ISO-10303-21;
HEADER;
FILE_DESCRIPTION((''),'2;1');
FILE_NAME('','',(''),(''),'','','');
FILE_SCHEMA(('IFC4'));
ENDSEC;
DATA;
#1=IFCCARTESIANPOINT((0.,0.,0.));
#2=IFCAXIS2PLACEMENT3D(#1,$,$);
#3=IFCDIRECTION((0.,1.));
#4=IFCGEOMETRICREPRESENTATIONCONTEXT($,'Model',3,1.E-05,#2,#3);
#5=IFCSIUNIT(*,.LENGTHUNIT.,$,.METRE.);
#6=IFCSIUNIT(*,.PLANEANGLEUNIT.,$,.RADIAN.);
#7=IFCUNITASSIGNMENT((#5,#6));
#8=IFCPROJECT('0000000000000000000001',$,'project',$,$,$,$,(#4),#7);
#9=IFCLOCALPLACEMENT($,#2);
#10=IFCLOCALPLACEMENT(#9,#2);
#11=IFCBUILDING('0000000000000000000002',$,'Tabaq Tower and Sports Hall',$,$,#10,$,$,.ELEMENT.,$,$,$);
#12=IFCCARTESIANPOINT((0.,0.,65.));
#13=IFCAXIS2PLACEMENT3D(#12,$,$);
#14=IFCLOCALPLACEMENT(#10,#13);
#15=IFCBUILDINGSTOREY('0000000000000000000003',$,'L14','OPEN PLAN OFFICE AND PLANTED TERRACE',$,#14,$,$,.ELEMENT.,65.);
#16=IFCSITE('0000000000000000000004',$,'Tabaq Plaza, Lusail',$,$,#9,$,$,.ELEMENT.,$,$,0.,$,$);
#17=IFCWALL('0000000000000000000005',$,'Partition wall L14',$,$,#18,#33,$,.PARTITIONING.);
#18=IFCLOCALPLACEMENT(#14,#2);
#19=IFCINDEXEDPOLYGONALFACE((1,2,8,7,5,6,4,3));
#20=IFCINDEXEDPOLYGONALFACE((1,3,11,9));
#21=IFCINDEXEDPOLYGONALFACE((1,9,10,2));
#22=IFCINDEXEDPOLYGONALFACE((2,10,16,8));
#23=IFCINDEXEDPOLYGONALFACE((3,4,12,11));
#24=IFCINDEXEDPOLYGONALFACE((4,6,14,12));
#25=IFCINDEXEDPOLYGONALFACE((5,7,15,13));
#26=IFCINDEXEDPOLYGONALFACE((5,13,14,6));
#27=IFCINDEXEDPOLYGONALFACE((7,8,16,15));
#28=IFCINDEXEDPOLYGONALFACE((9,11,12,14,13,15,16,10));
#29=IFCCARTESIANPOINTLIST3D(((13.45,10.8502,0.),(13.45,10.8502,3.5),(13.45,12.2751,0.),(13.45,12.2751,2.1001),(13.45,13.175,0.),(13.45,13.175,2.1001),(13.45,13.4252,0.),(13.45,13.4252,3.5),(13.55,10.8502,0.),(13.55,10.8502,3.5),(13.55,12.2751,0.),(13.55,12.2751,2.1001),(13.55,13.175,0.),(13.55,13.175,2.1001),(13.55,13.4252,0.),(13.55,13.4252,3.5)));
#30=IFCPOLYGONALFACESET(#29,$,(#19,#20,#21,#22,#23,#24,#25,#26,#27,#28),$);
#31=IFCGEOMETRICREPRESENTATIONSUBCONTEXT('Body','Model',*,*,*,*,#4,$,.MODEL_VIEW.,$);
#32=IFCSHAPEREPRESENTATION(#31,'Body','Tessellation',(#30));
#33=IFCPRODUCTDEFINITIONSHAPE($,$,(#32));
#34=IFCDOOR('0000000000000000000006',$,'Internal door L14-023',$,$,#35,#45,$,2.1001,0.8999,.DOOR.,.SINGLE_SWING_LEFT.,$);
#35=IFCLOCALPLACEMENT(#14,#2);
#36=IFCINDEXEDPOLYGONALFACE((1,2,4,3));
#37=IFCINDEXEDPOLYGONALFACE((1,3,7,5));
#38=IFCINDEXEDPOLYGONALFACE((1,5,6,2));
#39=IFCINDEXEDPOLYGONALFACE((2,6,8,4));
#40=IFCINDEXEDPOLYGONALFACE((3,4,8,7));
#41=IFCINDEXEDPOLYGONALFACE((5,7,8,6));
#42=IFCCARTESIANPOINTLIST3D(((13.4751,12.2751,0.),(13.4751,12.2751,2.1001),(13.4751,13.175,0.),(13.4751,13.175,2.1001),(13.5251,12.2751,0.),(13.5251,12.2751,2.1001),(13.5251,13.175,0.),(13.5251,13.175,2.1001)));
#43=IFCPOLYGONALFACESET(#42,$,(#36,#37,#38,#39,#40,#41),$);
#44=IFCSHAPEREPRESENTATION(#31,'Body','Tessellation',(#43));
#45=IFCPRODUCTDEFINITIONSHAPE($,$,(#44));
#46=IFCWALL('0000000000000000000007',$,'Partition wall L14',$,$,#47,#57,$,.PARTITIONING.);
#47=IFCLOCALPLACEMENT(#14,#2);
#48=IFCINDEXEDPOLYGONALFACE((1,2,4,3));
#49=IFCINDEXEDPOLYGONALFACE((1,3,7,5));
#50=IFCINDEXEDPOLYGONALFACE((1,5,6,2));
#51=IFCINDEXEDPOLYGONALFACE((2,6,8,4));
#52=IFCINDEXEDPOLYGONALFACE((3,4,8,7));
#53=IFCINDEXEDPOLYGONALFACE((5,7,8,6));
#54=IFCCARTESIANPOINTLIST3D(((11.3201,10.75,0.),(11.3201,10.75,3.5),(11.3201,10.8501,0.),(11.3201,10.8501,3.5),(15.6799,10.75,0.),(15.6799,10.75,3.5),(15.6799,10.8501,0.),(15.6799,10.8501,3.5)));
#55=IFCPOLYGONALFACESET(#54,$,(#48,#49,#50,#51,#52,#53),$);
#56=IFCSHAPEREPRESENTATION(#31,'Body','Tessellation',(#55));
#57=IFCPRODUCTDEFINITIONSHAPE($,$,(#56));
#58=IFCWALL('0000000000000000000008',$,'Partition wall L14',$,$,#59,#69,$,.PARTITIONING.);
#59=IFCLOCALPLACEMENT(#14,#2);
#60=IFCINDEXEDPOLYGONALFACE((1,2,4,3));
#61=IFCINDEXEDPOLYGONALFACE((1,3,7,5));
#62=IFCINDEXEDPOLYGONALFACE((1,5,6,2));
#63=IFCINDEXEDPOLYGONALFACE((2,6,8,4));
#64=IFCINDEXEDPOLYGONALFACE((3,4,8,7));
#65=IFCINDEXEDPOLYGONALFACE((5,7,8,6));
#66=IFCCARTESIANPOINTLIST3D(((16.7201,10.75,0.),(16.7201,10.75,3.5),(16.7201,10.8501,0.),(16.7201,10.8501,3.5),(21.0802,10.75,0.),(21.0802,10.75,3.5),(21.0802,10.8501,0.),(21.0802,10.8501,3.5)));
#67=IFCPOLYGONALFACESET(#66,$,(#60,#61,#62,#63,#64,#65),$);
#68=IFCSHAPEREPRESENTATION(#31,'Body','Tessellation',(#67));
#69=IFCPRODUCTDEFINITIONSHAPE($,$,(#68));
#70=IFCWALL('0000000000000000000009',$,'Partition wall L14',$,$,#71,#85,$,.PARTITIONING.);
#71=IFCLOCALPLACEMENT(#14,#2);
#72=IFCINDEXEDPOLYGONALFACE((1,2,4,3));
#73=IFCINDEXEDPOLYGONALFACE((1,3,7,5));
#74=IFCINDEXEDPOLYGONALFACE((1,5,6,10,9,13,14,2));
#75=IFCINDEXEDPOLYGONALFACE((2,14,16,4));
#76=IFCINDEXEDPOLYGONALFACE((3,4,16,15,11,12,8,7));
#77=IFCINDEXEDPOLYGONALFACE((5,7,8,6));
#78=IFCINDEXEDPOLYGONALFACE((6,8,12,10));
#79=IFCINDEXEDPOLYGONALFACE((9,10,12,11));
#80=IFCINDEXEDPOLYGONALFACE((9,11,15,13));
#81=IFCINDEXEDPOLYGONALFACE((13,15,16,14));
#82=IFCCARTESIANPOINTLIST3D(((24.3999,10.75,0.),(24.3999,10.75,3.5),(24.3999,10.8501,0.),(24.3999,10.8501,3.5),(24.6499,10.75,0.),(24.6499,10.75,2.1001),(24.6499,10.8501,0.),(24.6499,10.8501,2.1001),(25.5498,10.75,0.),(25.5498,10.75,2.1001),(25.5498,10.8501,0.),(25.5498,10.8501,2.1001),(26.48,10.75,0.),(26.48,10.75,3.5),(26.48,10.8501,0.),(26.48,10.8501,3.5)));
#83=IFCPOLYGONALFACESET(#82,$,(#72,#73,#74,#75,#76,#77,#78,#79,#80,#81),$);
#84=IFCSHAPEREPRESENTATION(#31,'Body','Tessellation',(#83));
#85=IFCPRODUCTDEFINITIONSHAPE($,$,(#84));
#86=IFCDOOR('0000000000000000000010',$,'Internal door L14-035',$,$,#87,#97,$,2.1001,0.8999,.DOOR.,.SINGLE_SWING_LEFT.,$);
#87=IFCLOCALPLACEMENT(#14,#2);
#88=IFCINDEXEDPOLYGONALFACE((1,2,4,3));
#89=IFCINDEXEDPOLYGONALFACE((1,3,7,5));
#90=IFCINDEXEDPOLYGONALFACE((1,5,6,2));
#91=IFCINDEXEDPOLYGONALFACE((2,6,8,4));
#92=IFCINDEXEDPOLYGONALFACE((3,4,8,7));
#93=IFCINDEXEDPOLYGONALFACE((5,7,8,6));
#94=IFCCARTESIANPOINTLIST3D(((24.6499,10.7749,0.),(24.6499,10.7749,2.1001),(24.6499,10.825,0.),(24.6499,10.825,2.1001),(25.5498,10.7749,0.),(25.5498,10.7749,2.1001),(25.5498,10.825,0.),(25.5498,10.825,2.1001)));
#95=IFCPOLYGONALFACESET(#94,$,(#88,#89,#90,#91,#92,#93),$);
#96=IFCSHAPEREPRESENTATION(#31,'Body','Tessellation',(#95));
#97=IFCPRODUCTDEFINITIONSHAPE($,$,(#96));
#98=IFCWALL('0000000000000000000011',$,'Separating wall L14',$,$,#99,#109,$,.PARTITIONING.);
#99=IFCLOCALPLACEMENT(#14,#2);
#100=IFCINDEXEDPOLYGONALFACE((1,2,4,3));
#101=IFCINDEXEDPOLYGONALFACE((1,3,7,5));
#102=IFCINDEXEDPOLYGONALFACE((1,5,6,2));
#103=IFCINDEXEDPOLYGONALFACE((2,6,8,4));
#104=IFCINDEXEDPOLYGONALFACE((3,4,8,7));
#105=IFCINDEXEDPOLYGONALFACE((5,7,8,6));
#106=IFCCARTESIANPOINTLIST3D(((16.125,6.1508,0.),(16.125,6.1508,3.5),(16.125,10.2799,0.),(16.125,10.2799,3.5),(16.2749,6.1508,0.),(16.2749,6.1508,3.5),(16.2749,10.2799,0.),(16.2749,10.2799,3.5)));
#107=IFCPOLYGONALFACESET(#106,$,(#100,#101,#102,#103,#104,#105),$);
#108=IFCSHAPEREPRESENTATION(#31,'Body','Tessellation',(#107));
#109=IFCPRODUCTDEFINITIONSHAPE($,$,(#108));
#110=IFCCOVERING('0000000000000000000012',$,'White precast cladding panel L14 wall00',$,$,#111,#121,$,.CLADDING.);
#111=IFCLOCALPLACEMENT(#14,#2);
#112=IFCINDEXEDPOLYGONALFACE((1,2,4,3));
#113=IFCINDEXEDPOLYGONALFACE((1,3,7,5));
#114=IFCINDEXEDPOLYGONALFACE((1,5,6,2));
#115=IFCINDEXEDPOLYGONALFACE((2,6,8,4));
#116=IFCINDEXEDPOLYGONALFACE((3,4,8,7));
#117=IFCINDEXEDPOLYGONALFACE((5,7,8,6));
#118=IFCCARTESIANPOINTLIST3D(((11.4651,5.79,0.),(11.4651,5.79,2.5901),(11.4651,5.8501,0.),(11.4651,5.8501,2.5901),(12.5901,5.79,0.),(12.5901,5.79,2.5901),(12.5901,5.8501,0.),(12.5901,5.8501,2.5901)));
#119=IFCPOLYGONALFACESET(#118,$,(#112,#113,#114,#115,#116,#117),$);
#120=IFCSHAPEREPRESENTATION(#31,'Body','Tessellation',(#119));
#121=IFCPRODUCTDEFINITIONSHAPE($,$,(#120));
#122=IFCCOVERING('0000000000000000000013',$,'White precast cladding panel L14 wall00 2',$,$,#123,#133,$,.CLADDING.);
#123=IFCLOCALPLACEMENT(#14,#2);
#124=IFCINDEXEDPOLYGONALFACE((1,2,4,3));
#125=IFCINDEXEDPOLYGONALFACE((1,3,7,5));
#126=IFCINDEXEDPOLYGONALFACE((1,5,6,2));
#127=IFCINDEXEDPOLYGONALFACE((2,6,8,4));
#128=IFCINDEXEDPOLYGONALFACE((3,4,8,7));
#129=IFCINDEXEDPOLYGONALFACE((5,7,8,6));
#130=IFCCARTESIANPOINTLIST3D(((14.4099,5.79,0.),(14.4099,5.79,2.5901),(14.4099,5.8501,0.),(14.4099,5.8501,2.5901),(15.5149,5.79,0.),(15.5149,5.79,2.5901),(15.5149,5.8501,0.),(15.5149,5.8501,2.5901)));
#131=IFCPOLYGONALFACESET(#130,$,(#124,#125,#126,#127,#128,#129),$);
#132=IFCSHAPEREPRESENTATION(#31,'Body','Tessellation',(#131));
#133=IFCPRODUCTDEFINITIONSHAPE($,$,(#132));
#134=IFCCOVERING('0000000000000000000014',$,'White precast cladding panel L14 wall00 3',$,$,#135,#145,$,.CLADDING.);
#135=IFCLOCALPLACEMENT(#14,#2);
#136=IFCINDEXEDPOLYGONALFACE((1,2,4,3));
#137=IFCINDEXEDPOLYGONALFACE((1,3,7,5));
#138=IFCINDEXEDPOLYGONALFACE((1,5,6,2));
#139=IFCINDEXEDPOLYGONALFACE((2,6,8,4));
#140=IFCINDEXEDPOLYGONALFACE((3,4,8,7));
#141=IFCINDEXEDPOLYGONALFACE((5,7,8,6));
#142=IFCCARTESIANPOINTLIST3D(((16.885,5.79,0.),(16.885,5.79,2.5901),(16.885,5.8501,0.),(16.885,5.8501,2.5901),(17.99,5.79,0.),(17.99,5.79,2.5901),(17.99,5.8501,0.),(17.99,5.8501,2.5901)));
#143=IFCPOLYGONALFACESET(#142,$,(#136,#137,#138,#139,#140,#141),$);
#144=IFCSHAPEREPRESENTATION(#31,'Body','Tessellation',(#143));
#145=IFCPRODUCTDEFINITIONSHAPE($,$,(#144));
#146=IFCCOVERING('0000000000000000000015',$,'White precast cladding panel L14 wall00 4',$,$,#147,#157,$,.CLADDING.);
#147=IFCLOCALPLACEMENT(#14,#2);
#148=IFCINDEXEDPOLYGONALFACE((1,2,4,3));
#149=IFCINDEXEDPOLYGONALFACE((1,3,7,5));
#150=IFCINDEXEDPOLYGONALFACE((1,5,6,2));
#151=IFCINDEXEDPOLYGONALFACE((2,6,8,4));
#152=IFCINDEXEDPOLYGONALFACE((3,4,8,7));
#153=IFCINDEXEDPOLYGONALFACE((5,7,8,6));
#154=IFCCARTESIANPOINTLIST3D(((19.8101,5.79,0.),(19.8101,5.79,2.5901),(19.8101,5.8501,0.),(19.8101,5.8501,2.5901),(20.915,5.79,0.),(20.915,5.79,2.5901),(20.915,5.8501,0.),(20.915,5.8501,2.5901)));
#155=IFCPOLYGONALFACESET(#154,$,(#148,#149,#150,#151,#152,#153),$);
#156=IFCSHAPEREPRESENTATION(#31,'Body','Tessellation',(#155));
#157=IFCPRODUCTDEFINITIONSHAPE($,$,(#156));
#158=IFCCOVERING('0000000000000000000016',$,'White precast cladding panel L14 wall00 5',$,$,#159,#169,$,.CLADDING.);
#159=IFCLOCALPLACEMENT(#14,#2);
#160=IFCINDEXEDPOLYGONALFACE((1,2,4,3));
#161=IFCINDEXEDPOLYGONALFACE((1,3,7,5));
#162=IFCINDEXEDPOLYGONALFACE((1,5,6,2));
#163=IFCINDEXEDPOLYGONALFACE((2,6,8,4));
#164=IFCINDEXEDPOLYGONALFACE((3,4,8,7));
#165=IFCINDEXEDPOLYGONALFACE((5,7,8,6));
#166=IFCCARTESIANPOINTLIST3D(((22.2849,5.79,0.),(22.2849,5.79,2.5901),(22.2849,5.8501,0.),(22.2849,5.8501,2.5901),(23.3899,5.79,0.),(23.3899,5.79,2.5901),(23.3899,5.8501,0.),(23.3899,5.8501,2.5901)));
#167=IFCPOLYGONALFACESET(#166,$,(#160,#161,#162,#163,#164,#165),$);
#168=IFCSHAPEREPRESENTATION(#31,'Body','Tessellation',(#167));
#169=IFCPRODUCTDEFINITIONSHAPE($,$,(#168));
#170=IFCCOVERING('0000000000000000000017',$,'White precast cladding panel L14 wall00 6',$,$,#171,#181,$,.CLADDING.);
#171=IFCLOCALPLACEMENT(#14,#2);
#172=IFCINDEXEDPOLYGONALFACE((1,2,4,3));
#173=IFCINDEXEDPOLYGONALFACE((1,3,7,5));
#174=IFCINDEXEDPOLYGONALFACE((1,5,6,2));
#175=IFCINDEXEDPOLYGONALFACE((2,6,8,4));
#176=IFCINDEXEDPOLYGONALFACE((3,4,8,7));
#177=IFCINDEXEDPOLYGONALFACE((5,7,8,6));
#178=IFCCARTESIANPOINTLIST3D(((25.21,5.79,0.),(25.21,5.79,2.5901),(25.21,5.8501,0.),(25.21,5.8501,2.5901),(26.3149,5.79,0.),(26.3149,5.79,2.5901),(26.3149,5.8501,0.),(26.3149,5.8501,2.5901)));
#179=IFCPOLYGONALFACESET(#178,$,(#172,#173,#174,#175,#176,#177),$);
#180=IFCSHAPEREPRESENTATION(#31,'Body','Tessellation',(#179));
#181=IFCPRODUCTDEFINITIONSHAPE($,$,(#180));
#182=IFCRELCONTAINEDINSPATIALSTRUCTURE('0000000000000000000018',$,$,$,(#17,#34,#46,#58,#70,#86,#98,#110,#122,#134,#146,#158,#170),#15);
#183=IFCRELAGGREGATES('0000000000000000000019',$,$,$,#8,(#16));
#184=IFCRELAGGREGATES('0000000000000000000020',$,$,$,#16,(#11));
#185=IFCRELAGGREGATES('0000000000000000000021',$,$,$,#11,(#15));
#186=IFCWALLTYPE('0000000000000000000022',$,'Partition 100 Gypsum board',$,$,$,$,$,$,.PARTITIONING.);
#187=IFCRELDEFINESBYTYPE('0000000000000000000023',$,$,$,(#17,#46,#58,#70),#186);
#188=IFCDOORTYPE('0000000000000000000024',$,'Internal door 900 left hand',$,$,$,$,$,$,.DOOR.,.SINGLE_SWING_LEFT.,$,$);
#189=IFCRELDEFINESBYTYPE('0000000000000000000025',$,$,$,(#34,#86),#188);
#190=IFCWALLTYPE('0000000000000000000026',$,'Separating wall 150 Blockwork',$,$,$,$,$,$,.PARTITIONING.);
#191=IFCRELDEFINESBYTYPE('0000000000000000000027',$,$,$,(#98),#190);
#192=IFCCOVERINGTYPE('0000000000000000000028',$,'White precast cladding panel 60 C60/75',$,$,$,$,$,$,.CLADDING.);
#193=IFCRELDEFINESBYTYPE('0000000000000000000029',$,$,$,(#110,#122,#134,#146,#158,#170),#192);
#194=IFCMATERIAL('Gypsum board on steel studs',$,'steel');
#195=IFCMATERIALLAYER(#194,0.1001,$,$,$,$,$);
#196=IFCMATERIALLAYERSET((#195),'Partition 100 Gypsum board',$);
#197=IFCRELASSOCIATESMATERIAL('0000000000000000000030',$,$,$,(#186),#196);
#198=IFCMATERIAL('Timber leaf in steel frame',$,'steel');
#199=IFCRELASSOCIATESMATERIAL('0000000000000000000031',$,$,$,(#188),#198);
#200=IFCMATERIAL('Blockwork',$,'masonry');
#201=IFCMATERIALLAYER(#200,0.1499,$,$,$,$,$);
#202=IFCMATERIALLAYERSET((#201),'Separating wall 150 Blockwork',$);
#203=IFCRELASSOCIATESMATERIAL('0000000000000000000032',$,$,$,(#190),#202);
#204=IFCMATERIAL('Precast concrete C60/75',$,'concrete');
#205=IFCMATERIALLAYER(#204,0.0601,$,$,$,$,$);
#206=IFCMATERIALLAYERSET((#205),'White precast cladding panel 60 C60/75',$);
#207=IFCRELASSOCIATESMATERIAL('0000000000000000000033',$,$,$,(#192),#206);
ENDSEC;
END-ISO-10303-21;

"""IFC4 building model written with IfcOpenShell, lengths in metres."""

from ifc_helpers import new_model, si_unit, direction, frame, frame_2d, origin, place, context, subcontext, project, spatial, rectangle, extrude, material, layer, layer_set, type_object, element, fill, save


model = new_model("IFC4")

# Units and contexts
model_context = context("Model", 3, precision=1e-05, world=origin(), true_north=direction((0.0, 1.0)))
body_context = subcontext(model_context, "Body", "Model", "MODEL_VIEW")
ifc_project = project(units=[si_unit("LENGTHUNIT", "METRE"), si_unit("PLANEANGLEUNIT", "RADIAN")], contexts=[model_context])

# Site, building, storey
site_placement = place(None, origin())
site = spatial("IfcSite", under=ifc_project, at=site_placement, Name="Tabaq Plaza, Lusail", CompositionType="ELEMENT", RefElevation=0.0)
building_placement = place(site_placement, origin())
building = spatial("IfcBuilding", under=site, at=building_placement, Name="Tabaq Tower and Sports Hall", CompositionType="ELEMENT")
storey_placement = place(building_placement, frame((0.0, 0.0, 65.0)))
storey = spatial("IfcBuildingStorey", under=building, at=storey_placement, Name="L14", Description="OPEN PLAN OFFICE AND PLANTED TERRACE", CompositionType="ELEMENT", Elevation=65.0)

# Wall, opening, door
ifc_material_1 = material(Name="Gypsum board on steel studs", Category="steel")
ifc_layer_1 = layer(ifc_material_1, 0.1001)
ifc_layer_set_1 = layer_set([ifc_layer_1], Name="Partition 100 Gypsum board")
wall_type_1 = type_object("IfcWallType", Name="Partition 100 Gypsum board", PredefinedType="PARTITIONING", material=ifc_layer_set_1)
wall_1_placement = place(storey_placement, frame((13.5, 10.8501, 0.0), z_axis=(0.0, 0.0, 1.0), x_axis=(0.0, 1.0, 0.0)))
wall_1 = element("IfcWall", 1, at=wall_1_placement, inside=storey, type_object=wall_type_1, Name="Partition wall L14", PredefinedType="PARTITIONING", context=body_context, shape_type="SweptSolid", body=[
    extrude(rectangle(XDim=2.575, YDim=0.1001, at=frame_2d((1.2876, 0.0))), origin(), (0.0, 0.0, 1.0), 3.5),
])
opening_1_placement = place(wall_1_placement, frame((1.425, 0.0, 0.0)))
opening_1 = element("IfcOpeningElement", 2, at=opening_1_placement, cuts=wall_1, PredefinedType="OPENING", context=body_context, shape_type="SweptSolid", body=[
    extrude(rectangle(XDim=0.8999, YDim=2.1001, at=frame_2d((0.45, 1.05))), frame((0.0, 0.05, 0.0), z_axis=(0.0, -1.0, 0.0), x_axis=(1.0, 0.0, 0.0)), (0.0, 0.0, 1.0), 0.1001),
])
ifc_material_2 = material(Name="Timber leaf in steel frame", Category="steel")
door_type = type_object("IfcDoorType", Name="Internal door 900 left hand", OperationType="SINGLE_SWING_LEFT", PredefinedType="DOOR", material=ifc_material_2)
door_1_placement = place(opening_1_placement, origin())
door_1 = element("IfcDoor", 3, at=door_1_placement, inside=storey, type_object=door_type, Name="Internal door L14-023", OperationType="SINGLE_SWING_LEFT", OverallHeight=2.1001, OverallWidth=0.8999, PredefinedType="DOOR", context=body_context, shape_type="SweptSolid", body=[
    extrude(rectangle(XDim=0.8999, YDim=2.1001, at=frame_2d((0.45, 1.05))), frame((0.0, 0.0249, 0.0), z_axis=(0.0, -1.0, 0.0), x_axis=(1.0, 0.0, 0.0)), (0.0, 0.0, 1.0), 0.05),
])
fill(opening_1, door_1)

# Walls
wall_2_placement = place(storey_placement, frame((11.3201, 10.8, 0.0), z_axis=(0.0, 0.0, 1.0), x_axis=(1.0, 0.0, 0.0)))
element("IfcWall", 4, at=wall_2_placement, inside=storey, type_object=wall_type_1, Name="Partition wall L14", PredefinedType="PARTITIONING", context=body_context, shape_type="SweptSolid", body=[
    extrude(rectangle(XDim=4.3599, YDim=0.1001, at=frame_2d((2.1799, 0.0))), origin(), (0.0, 0.0, 1.0), 3.5),
])
wall_3_placement = place(storey_placement, frame((16.72, 10.8, 0.0), z_axis=(0.0, 0.0, 1.0), x_axis=(1.0, 0.0, 0.0)))
element("IfcWall", 5, at=wall_3_placement, inside=storey, type_object=wall_type_1, Name="Partition wall L14", PredefinedType="PARTITIONING", context=body_context, shape_type="SweptSolid", body=[
    extrude(rectangle(XDim=4.3601, YDim=0.1001, at=frame_2d((2.1802, 0.0))), origin(), (0.0, 0.0, 1.0), 3.5),
])

# Wall, opening, door
wall_4_placement = place(storey_placement, frame((24.3999, 10.8, 0.0), z_axis=(0.0, 0.0, 1.0), x_axis=(1.0, 0.0, 0.0)))
wall_4 = element("IfcWall", 6, at=wall_4_placement, inside=storey, type_object=wall_type_1, Name="Partition wall L14", PredefinedType="PARTITIONING", context=body_context, shape_type="SweptSolid", body=[
    extrude(rectangle(XDim=2.0801, YDim=0.1001, at=frame_2d((1.04, 0.0))), origin(), (0.0, 0.0, 1.0), 3.5),
])
opening_2_placement = place(wall_4_placement, frame((0.25, 0.0, 0.0)))
opening_2 = element("IfcOpeningElement", 7, at=opening_2_placement, cuts=wall_4, PredefinedType="OPENING", context=body_context, shape_type="SweptSolid", body=[
    extrude(rectangle(XDim=0.8999, YDim=2.1001, at=frame_2d((0.45, 1.05))), frame((0.0, 0.05, 0.0), z_axis=(0.0, -1.0, 0.0), x_axis=(1.0, 0.0, 0.0)), (0.0, 0.0, 1.0), 0.1001),
])
door_2_placement = place(opening_2_placement, origin())
door_2 = element("IfcDoor", 8, at=door_2_placement, inside=storey, type_object=door_type, Name="Internal door L14-035", OperationType="SINGLE_SWING_LEFT", OverallHeight=2.1001, OverallWidth=0.8999, PredefinedType="DOOR", context=body_context, shape_type="SweptSolid", body=[
    extrude(rectangle(XDim=0.8999, YDim=2.1001, at=frame_2d((0.45, 1.05))), frame((0.0, 0.0249, 0.0), z_axis=(0.0, -1.0, 0.0), x_axis=(1.0, 0.0, 0.0)), (0.0, 0.0, 1.0), 0.05),
])
fill(opening_2, door_2)

# Wall
ifc_material_3 = material(Name="Blockwork", Category="masonry")
ifc_layer_2 = layer(ifc_material_3, 0.1499)
ifc_layer_set_2 = layer_set([ifc_layer_2], Name="Separating wall 150 Blockwork")
wall_type_2 = type_object("IfcWallType", Name="Separating wall 150 Blockwork", PredefinedType="PARTITIONING", material=ifc_layer_set_2)
wall_5_placement = place(storey_placement, frame((16.2, 6.1509, 0.0), z_axis=(0.0, 0.0, 1.0), x_axis=(0.0, 1.0, 0.0)))
element("IfcWall", 9, at=wall_5_placement, inside=storey, type_object=wall_type_2, Name="Separating wall L14", PredefinedType="PARTITIONING", context=body_context, shape_type="SweptSolid", body=[
    extrude(rectangle(XDim=4.1292, YDim=0.1499, at=frame_2d((2.0645, 0.0))), origin(), (0.0, 0.0, 1.0), 3.5),
])

# Coverings
ifc_material_4 = material(Name="Precast concrete C60/75", Category="concrete")
ifc_layer_3 = layer(ifc_material_4, 0.0601)
ifc_layer_set_3 = layer_set([ifc_layer_3], Name="White precast cladding panel 60 C60/75")
covering_type = type_object("IfcCoveringType", Name="White precast cladding panel 60 C60/75", PredefinedType="CLADDING", material=ifc_layer_set_3)
covering_placement = place(storey_placement, frame((11.4651, 5.8201, 0.0), z_axis=(0.0, 0.0, 1.0), x_axis=(1.0, 0.0, 0.0)))
element("IfcCovering", 10, at=covering_placement, inside=storey, type_object=covering_type, Name="White precast cladding panel L14 wall00", PredefinedType="CLADDING", context=body_context, shape_type="SweptSolid", body=[
    extrude(rectangle(XDim=1.125, YDim=0.0601, at=frame_2d((0.5625, 0.0))), origin(), (0.0, 0.0, 1.0), 2.5901),
])
for number, where, z_axis, x_axis, name in (
    (11, (14.4099, 5.8201, 0.0), (0.0, 0.0, 1.0), (1.0, 0.0, 0.0), "White precast cladding panel L14 wall00 2"),
    (12, (16.885, 5.8201, 0.0), (0.0, 0.0, 1.0), (1.0, 0.0, 0.0), "White precast cladding panel L14 wall00 3"),
    (13, (19.8101, 5.8201, 0.0), (0.0, 0.0, 1.0), (1.0, 0.0, 0.0), "White precast cladding panel L14 wall00 4"),
    (14, (22.2849, 5.8201, 0.0), (0.0, 0.0, 1.0), (1.0, 0.0, 0.0), "White precast cladding panel L14 wall00 5"),
    (15, (25.21, 5.8201, 0.0), (0.0, 0.0, 1.0), (1.0, 0.0, 0.0), "White precast cladding panel L14 wall00 6"),
):
    element("IfcCovering", number, at=place(storey_placement, frame(where, z_axis=z_axis, x_axis=x_axis)), inside=storey, type_object=covering_type, Name=name, PredefinedType="CLADDING", context=body_context, shape_type="SweptSolid", body=[
        extrude(rectangle(XDim=1.105, YDim=0.0601, at=frame_2d((0.5525, 0.0))), origin(), (0.0, 0.0, 1.0), 2.5901),
    ])

save(model, "model.ifc")
